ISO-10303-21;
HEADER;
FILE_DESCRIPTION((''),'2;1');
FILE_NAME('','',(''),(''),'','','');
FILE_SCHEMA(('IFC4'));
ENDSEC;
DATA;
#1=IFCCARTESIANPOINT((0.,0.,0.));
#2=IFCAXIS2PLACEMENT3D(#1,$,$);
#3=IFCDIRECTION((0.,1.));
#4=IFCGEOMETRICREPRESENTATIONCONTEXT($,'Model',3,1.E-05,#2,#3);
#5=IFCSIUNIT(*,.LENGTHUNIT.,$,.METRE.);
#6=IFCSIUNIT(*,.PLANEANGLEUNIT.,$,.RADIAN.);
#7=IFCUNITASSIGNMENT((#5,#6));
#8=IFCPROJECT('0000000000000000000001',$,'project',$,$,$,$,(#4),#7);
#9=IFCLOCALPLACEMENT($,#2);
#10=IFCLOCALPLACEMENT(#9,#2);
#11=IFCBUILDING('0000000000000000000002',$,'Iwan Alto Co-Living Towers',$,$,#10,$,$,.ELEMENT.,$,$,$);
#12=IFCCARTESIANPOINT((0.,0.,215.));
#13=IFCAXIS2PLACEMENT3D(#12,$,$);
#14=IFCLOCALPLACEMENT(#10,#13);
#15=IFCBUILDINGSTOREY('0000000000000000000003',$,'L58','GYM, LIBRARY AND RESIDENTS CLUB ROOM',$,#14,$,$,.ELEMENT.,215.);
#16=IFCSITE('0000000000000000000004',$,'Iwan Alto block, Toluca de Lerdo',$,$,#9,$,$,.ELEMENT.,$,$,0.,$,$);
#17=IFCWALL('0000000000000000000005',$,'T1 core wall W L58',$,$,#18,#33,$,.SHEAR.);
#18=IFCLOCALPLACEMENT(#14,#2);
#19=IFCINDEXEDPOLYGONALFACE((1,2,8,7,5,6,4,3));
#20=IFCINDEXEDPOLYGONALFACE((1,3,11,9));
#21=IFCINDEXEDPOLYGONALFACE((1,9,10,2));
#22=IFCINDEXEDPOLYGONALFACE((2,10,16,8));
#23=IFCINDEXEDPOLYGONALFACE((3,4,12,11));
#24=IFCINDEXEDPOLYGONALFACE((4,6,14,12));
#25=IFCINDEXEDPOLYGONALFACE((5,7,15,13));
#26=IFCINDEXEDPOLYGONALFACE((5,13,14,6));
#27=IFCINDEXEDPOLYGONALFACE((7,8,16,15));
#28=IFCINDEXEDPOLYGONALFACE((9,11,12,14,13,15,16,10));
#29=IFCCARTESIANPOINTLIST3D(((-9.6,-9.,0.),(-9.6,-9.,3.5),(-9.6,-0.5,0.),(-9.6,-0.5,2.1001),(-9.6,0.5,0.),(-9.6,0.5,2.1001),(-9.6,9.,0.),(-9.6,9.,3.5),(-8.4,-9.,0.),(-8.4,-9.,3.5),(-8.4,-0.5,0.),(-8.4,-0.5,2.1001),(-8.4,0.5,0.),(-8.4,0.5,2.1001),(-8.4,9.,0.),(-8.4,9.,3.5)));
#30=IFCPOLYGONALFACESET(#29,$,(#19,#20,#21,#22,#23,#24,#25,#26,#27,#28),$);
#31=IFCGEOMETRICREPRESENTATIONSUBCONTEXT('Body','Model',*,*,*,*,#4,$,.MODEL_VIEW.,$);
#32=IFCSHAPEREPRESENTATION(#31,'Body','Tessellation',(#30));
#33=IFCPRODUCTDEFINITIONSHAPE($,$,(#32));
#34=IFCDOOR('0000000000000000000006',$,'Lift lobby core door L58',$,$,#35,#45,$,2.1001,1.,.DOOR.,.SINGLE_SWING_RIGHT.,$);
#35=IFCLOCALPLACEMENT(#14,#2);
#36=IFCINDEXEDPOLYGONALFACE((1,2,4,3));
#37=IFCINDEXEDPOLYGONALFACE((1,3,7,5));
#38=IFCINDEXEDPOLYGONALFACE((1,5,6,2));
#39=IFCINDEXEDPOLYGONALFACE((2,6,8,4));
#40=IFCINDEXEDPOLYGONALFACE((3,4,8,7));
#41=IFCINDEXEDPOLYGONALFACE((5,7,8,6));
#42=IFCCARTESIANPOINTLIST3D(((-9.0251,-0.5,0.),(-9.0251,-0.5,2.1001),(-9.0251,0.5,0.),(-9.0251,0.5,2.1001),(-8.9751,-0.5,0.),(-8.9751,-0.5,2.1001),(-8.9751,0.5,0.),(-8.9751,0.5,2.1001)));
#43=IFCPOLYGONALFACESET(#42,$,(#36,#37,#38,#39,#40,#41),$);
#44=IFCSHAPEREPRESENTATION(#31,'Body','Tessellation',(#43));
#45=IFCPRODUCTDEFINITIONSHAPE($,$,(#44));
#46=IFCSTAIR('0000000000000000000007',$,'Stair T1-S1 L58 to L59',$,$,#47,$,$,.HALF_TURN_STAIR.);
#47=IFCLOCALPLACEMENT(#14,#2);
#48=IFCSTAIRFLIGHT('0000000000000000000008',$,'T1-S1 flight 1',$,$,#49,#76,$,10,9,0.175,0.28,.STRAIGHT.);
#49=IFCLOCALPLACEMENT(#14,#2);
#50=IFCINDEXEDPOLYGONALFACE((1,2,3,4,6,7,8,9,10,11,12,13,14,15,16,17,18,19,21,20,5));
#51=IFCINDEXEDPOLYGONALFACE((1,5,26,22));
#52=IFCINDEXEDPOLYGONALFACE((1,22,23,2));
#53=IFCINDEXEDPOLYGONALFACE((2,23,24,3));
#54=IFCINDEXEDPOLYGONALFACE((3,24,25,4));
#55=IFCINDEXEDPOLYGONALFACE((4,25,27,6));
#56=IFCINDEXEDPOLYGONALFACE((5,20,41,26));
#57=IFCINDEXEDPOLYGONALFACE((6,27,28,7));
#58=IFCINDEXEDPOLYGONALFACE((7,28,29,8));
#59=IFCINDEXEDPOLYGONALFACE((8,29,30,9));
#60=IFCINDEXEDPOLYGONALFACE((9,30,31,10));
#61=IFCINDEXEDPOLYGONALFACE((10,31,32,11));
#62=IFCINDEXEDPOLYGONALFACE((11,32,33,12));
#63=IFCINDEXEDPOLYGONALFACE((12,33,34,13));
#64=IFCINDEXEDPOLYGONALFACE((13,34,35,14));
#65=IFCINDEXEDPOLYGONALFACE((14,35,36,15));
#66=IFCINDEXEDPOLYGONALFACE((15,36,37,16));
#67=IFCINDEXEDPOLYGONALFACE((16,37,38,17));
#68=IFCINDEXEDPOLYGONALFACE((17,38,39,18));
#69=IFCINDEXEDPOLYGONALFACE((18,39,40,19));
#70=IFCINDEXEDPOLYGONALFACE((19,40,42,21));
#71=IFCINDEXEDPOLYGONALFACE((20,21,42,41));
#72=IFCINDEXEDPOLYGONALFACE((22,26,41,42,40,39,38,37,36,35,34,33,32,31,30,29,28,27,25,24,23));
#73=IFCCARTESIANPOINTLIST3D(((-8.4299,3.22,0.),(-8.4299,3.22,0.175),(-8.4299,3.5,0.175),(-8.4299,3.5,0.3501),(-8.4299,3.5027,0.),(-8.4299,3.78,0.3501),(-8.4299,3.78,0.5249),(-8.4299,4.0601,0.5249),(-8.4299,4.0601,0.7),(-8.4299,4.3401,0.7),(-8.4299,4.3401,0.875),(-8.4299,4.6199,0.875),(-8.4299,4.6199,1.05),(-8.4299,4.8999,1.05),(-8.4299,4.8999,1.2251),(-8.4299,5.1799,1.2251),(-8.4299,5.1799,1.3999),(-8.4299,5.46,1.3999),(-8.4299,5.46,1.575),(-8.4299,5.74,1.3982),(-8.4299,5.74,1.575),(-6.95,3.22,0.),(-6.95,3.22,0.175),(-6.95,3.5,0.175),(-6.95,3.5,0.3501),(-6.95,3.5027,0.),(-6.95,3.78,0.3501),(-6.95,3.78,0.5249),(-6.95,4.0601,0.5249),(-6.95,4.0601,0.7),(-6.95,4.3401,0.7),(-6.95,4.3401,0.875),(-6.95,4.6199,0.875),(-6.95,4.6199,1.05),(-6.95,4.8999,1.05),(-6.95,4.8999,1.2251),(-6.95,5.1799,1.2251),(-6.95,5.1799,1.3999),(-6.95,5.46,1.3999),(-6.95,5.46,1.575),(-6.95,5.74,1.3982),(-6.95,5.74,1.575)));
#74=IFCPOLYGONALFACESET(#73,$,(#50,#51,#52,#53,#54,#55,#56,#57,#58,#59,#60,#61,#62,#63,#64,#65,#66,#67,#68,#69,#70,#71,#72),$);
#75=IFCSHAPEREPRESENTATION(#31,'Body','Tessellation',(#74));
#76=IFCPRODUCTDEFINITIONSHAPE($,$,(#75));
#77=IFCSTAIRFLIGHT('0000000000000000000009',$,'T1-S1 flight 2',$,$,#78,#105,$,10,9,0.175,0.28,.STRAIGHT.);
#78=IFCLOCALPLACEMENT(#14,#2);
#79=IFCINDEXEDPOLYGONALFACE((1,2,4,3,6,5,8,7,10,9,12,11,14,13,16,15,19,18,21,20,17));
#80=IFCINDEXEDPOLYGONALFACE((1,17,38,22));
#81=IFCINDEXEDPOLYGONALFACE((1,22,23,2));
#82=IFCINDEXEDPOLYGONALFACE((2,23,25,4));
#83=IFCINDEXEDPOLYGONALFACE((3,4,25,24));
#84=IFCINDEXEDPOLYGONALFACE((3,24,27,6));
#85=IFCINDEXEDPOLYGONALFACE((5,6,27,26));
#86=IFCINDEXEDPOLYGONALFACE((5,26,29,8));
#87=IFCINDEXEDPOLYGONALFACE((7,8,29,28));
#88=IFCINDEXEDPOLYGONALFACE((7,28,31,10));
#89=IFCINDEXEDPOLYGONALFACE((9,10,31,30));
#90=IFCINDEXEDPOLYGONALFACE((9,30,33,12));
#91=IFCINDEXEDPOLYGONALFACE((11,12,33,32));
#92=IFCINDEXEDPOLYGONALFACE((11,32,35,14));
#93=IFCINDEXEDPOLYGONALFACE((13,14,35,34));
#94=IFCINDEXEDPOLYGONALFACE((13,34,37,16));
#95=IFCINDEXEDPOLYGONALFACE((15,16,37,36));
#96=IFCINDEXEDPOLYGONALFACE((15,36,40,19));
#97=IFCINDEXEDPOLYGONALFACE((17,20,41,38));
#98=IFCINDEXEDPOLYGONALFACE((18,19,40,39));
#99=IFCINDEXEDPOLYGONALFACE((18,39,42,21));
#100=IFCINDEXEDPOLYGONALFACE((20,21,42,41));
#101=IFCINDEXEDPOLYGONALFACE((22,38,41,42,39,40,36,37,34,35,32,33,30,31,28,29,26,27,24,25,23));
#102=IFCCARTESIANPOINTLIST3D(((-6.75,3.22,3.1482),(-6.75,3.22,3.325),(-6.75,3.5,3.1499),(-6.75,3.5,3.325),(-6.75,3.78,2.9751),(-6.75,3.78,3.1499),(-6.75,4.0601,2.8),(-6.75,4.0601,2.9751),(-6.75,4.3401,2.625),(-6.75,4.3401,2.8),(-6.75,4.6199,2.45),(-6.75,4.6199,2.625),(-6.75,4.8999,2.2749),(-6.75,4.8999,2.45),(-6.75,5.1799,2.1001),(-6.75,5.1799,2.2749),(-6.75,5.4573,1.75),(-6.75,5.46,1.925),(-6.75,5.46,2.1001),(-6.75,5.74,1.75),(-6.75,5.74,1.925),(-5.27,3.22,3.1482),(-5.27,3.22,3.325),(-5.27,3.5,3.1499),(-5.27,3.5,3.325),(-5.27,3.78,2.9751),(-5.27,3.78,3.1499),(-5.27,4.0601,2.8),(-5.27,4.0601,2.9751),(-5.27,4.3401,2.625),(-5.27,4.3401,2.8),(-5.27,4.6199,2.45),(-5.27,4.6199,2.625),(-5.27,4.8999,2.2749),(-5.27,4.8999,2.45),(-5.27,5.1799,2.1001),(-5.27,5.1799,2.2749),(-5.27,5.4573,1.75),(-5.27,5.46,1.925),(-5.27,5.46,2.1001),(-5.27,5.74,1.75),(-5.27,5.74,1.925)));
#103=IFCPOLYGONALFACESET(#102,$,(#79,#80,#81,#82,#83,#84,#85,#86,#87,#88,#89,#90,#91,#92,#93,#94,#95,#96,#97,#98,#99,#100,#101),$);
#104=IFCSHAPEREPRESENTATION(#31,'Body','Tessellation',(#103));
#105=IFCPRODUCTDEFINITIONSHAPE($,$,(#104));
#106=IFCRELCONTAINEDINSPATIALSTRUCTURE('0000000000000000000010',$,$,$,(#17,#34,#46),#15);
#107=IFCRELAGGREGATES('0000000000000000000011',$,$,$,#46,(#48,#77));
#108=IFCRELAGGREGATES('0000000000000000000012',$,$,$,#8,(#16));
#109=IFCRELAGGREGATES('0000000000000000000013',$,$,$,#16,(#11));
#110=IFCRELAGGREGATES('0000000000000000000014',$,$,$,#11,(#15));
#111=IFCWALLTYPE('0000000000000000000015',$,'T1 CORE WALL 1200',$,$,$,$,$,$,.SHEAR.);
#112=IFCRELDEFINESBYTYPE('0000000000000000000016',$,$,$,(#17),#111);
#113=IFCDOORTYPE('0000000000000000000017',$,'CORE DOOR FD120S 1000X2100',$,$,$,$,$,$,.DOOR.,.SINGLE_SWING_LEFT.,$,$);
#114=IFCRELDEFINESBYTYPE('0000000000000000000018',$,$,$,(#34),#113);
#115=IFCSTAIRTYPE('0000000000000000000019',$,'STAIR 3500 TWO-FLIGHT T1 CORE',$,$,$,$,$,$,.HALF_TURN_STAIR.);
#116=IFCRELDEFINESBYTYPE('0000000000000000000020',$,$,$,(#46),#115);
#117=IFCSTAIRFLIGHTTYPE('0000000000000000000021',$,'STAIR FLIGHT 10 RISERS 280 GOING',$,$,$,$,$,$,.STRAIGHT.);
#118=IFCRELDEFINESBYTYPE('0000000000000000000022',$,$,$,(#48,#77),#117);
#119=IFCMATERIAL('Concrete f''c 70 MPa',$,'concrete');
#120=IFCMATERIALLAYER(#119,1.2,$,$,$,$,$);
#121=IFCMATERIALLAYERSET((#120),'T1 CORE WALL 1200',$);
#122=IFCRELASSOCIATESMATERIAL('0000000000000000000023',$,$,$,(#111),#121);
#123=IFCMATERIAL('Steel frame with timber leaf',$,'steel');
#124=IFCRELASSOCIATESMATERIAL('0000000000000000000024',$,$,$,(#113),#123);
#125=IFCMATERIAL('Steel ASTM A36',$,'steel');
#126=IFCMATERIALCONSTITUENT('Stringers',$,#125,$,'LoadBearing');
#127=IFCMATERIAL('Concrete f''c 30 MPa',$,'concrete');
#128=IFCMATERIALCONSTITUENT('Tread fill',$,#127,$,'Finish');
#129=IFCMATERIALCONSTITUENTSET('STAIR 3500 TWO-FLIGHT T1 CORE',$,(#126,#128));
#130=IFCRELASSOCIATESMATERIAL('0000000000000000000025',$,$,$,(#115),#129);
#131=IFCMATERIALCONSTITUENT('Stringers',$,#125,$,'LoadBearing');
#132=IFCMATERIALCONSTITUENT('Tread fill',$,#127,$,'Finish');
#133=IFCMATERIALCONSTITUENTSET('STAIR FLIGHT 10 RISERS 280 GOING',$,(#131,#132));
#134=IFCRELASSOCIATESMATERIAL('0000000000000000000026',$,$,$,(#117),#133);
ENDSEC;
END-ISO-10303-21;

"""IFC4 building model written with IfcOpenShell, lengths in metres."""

from ifc_helpers import new_model, si_unit, direction, frame, frame_2d, origin, place, context, subcontext, project, spatial, polyline, rectangle, outline, extrude, material, layer, layer_set, constituent, constituent_set, type_object, element, fill, aggregate, save


model = new_model("IFC4")

# Units and contexts
model_context = context("Model", 3, precision=1e-05, world=origin(), true_north=direction((0.0, 1.0)))
body_context = subcontext(model_context, "Body", "Model", "MODEL_VIEW")
ifc_project = project(units=[si_unit("LENGTHUNIT", "METRE"), si_unit("PLANEANGLEUNIT", "RADIAN")], contexts=[model_context])

# Site, building, storey
site_placement = place(None, origin())
site = spatial("IfcSite", under=ifc_project, at=site_placement, Name="Iwan Alto block, Toluca de Lerdo", CompositionType="ELEMENT", RefElevation=0.0)
building_placement = place(site_placement, origin())
building = spatial("IfcBuilding", under=site, at=building_placement, Name="Iwan Alto Co-Living Towers", CompositionType="ELEMENT")
storey_placement = place(building_placement, frame((0.0, 0.0, 215.0)))
storey = spatial("IfcBuildingStorey", under=building, at=storey_placement, Name="L58", Description="GYM, LIBRARY AND RESIDENTS CLUB ROOM", CompositionType="ELEMENT", Elevation=215.0)

# Wall, opening, door
ifc_material_1 = material(Name="Concrete f'c 70 MPa", Category="concrete")
ifc_layer_1 = layer(ifc_material_1, 1.2)
ifc_layer_set_1 = layer_set([ifc_layer_1], Name="T1 CORE WALL 1200")
wall_type_1 = type_object("IfcWallType", Name="T1 CORE WALL 1200", PredefinedType="SHEAR", material=ifc_layer_set_1)
wall_1_placement = place(storey_placement, frame((-9.0, 9.0, 0.0), z_axis=(0.0, 0.0, 1.0), x_axis=(0.0, -1.0, 0.0)))
wall_1 = element("IfcWall", 1, at=wall_1_placement, inside=storey, type_object=wall_type_1, Name="T1 core wall W L58", PredefinedType="SHEAR", context=body_context, shape_type="SweptSolid", body=[
    extrude(rectangle(XDim=18.0, YDim=1.2, at=frame_2d((9.0, 0.0))), origin(), (0.0, 0.0, 1.0), 3.5),
])
opening_1_placement = place(wall_1_placement, frame((8.5, 0.0, 0.0)))
opening_1 = element("IfcOpeningElement", 2, at=opening_1_placement, cuts=wall_1, PredefinedType="OPENING", context=body_context, shape_type="SweptSolid", body=[
    extrude(rectangle(XDim=1.0, YDim=2.1001, at=frame_2d((0.5, 1.05))), frame((0.0, 0.6099, 0.0), z_axis=(0.0, -1.0, 0.0), x_axis=(1.0, 0.0, 0.0)), (0.0, 0.0, 1.0), 1.22),
])
ifc_material_2 = material(Name="Steel frame with timber leaf", Category="steel")
door_type_1 = type_object("IfcDoorType", Name="CORE DOOR FD120S 1000X2100", OperationType="SINGLE_SWING_LEFT", PredefinedType="DOOR", material=ifc_material_2)
door_1_placement = place(opening_1_placement, origin())
door_1 = element("IfcDoor", 3, at=door_1_placement, inside=storey, type_object=door_type_1, Name="Lift lobby core door L58", OperationType="SINGLE_SWING_RIGHT", OverallHeight=2.1001, OverallWidth=1.0, PredefinedType="DOOR", context=body_context, shape_type="SweptSolid", body=[
    extrude(rectangle(XDim=1.0, YDim=2.1001, at=frame_2d((0.5, 1.05))), frame((0.0, 0.0249, 0.0), z_axis=(0.0, -1.0, 0.0), x_axis=(1.0, 0.0, 0.0)), (0.0, 0.0, 1.0), 0.05),
])
fill(opening_1, door_1)

# Stair, stair flights
ifc_material_3 = material(Name="Steel ASTM A36", Category="steel")
ifc_constituent_1 = constituent(ifc_material_3, Name="Stringers", Category="LoadBearing")
ifc_material_4 = material(Name="Concrete f'c 30 MPa", Category="concrete")
ifc_constituent_2 = constituent(ifc_material_4, Name="Tread fill", Category="Finish")
ifc_constituent_set_1 = constituent_set(constituents=[ifc_constituent_1, ifc_constituent_2], Name="STAIR 3500 TWO-FLIGHT T1 CORE")
stair_type = type_object("IfcStairType", Name="STAIR 3500 TWO-FLIGHT T1 CORE", PredefinedType="HALF_TURN_STAIR", material=ifc_constituent_set_1)
stair_placement = place(storey_placement, origin())
stair = element("IfcStair", 4, at=stair_placement, inside=storey, type_object=stair_type, Name="Stair T1-S1 L58 to L59", PredefinedType="HALF_TURN_STAIR")
ifc_constituent_3 = constituent(ifc_material_3, Name="Stringers", Category="LoadBearing")
ifc_constituent_4 = constituent(ifc_material_4, Name="Tread fill", Category="Finish")
ifc_constituent_set_2 = constituent_set(constituents=[ifc_constituent_3, ifc_constituent_4], Name="STAIR FLIGHT 10 RISERS 280 GOING")
stair_flight_type = type_object("IfcStairFlightType", Name="STAIR FLIGHT 10 RISERS 280 GOING", PredefinedType="STRAIGHT", material=ifc_constituent_set_2)
stair_flight_1_placement = place(storey_placement, frame((-7.6899, 3.22, 0.0), z_axis=(0.0, 0.0, 1.0), x_axis=(0.0, 1.0, 0.0)))
stair_flight_1 = element("IfcStairFlight", 5, at=stair_flight_1_placement, type_object=stair_flight_type, Name="T1-S1 flight 1", NumberOfRisers=10, NumberOfTreads=9, PredefinedType="STRAIGHT", RiserHeight=0.175, TreadLength=0.28, context=body_context, shape_type="SweptSolid", body=[
    extrude(outline(polyline([(0.0, 0.0), (0.0, 0.175), (0.28, 0.175), (0.28, 0.3501), (0.5601, 0.3501), (0.5601, 0.5249), (0.8401, 0.5249), (0.8401, 0.7), (1.1201, 0.7), (1.1201, 0.875), (1.3999, 0.875), (1.3999, 1.05), (1.6799, 1.05), (1.6799, 1.2251), (1.96, 1.2251), (1.96, 1.3999), (2.24, 1.3999), (2.24, 1.575), (2.52, 1.575), (2.52, 1.75), (2.52, 1.3982), (0.2827, 0.0), (0.0, 0.0)])), frame((0.0, 0.74, 0.0), z_axis=(0.0, -1.0, 0.0), x_axis=(1.0, 0.0, 0.0)), (0.0, 0.0, 1.0), 1.48),
])
stair_flight_2_placement = place(storey_placement, frame((-6.01, 5.74, 1.75), z_axis=(0.0, 0.0, 1.0), x_axis=(0.0, -1.0, 0.0)))
stair_flight_2 = element("IfcStairFlight", 6, at=stair_flight_2_placement, type_object=stair_flight_type, Name="T1-S1 flight 2", NumberOfRisers=10, NumberOfTreads=9, PredefinedType="STRAIGHT", RiserHeight=0.175, TreadLength=0.28, context=body_context, shape_type="SweptSolid", body=[
    extrude(outline(polyline([(0.0, 0.0), (0.0, 0.175), (0.28, 0.175), (0.28, 0.3501), (0.5601, 0.3501), (0.5601, 0.5249), (0.8401, 0.5249), (0.8401, 0.7), (1.1201, 0.7), (1.1201, 0.875), (1.3999, 0.875), (1.3999, 1.05), (1.6799, 1.05), (1.6799, 1.2251), (1.96, 1.2251), (1.96, 1.3999), (2.24, 1.3999), (2.24, 1.575), (2.52, 1.575), (2.52, 1.75), (2.52, 1.3982), (0.2827, 0.0), (0.0, 0.0)])), frame((0.0, 0.74, 0.0), z_axis=(0.0, -1.0, 0.0), x_axis=(1.0, 0.0, 0.0)), (0.0, 0.0, 1.0), 1.48),
])
aggregate(stair, [stair_flight_1, stair_flight_2])

save(model, "model.ifc")
